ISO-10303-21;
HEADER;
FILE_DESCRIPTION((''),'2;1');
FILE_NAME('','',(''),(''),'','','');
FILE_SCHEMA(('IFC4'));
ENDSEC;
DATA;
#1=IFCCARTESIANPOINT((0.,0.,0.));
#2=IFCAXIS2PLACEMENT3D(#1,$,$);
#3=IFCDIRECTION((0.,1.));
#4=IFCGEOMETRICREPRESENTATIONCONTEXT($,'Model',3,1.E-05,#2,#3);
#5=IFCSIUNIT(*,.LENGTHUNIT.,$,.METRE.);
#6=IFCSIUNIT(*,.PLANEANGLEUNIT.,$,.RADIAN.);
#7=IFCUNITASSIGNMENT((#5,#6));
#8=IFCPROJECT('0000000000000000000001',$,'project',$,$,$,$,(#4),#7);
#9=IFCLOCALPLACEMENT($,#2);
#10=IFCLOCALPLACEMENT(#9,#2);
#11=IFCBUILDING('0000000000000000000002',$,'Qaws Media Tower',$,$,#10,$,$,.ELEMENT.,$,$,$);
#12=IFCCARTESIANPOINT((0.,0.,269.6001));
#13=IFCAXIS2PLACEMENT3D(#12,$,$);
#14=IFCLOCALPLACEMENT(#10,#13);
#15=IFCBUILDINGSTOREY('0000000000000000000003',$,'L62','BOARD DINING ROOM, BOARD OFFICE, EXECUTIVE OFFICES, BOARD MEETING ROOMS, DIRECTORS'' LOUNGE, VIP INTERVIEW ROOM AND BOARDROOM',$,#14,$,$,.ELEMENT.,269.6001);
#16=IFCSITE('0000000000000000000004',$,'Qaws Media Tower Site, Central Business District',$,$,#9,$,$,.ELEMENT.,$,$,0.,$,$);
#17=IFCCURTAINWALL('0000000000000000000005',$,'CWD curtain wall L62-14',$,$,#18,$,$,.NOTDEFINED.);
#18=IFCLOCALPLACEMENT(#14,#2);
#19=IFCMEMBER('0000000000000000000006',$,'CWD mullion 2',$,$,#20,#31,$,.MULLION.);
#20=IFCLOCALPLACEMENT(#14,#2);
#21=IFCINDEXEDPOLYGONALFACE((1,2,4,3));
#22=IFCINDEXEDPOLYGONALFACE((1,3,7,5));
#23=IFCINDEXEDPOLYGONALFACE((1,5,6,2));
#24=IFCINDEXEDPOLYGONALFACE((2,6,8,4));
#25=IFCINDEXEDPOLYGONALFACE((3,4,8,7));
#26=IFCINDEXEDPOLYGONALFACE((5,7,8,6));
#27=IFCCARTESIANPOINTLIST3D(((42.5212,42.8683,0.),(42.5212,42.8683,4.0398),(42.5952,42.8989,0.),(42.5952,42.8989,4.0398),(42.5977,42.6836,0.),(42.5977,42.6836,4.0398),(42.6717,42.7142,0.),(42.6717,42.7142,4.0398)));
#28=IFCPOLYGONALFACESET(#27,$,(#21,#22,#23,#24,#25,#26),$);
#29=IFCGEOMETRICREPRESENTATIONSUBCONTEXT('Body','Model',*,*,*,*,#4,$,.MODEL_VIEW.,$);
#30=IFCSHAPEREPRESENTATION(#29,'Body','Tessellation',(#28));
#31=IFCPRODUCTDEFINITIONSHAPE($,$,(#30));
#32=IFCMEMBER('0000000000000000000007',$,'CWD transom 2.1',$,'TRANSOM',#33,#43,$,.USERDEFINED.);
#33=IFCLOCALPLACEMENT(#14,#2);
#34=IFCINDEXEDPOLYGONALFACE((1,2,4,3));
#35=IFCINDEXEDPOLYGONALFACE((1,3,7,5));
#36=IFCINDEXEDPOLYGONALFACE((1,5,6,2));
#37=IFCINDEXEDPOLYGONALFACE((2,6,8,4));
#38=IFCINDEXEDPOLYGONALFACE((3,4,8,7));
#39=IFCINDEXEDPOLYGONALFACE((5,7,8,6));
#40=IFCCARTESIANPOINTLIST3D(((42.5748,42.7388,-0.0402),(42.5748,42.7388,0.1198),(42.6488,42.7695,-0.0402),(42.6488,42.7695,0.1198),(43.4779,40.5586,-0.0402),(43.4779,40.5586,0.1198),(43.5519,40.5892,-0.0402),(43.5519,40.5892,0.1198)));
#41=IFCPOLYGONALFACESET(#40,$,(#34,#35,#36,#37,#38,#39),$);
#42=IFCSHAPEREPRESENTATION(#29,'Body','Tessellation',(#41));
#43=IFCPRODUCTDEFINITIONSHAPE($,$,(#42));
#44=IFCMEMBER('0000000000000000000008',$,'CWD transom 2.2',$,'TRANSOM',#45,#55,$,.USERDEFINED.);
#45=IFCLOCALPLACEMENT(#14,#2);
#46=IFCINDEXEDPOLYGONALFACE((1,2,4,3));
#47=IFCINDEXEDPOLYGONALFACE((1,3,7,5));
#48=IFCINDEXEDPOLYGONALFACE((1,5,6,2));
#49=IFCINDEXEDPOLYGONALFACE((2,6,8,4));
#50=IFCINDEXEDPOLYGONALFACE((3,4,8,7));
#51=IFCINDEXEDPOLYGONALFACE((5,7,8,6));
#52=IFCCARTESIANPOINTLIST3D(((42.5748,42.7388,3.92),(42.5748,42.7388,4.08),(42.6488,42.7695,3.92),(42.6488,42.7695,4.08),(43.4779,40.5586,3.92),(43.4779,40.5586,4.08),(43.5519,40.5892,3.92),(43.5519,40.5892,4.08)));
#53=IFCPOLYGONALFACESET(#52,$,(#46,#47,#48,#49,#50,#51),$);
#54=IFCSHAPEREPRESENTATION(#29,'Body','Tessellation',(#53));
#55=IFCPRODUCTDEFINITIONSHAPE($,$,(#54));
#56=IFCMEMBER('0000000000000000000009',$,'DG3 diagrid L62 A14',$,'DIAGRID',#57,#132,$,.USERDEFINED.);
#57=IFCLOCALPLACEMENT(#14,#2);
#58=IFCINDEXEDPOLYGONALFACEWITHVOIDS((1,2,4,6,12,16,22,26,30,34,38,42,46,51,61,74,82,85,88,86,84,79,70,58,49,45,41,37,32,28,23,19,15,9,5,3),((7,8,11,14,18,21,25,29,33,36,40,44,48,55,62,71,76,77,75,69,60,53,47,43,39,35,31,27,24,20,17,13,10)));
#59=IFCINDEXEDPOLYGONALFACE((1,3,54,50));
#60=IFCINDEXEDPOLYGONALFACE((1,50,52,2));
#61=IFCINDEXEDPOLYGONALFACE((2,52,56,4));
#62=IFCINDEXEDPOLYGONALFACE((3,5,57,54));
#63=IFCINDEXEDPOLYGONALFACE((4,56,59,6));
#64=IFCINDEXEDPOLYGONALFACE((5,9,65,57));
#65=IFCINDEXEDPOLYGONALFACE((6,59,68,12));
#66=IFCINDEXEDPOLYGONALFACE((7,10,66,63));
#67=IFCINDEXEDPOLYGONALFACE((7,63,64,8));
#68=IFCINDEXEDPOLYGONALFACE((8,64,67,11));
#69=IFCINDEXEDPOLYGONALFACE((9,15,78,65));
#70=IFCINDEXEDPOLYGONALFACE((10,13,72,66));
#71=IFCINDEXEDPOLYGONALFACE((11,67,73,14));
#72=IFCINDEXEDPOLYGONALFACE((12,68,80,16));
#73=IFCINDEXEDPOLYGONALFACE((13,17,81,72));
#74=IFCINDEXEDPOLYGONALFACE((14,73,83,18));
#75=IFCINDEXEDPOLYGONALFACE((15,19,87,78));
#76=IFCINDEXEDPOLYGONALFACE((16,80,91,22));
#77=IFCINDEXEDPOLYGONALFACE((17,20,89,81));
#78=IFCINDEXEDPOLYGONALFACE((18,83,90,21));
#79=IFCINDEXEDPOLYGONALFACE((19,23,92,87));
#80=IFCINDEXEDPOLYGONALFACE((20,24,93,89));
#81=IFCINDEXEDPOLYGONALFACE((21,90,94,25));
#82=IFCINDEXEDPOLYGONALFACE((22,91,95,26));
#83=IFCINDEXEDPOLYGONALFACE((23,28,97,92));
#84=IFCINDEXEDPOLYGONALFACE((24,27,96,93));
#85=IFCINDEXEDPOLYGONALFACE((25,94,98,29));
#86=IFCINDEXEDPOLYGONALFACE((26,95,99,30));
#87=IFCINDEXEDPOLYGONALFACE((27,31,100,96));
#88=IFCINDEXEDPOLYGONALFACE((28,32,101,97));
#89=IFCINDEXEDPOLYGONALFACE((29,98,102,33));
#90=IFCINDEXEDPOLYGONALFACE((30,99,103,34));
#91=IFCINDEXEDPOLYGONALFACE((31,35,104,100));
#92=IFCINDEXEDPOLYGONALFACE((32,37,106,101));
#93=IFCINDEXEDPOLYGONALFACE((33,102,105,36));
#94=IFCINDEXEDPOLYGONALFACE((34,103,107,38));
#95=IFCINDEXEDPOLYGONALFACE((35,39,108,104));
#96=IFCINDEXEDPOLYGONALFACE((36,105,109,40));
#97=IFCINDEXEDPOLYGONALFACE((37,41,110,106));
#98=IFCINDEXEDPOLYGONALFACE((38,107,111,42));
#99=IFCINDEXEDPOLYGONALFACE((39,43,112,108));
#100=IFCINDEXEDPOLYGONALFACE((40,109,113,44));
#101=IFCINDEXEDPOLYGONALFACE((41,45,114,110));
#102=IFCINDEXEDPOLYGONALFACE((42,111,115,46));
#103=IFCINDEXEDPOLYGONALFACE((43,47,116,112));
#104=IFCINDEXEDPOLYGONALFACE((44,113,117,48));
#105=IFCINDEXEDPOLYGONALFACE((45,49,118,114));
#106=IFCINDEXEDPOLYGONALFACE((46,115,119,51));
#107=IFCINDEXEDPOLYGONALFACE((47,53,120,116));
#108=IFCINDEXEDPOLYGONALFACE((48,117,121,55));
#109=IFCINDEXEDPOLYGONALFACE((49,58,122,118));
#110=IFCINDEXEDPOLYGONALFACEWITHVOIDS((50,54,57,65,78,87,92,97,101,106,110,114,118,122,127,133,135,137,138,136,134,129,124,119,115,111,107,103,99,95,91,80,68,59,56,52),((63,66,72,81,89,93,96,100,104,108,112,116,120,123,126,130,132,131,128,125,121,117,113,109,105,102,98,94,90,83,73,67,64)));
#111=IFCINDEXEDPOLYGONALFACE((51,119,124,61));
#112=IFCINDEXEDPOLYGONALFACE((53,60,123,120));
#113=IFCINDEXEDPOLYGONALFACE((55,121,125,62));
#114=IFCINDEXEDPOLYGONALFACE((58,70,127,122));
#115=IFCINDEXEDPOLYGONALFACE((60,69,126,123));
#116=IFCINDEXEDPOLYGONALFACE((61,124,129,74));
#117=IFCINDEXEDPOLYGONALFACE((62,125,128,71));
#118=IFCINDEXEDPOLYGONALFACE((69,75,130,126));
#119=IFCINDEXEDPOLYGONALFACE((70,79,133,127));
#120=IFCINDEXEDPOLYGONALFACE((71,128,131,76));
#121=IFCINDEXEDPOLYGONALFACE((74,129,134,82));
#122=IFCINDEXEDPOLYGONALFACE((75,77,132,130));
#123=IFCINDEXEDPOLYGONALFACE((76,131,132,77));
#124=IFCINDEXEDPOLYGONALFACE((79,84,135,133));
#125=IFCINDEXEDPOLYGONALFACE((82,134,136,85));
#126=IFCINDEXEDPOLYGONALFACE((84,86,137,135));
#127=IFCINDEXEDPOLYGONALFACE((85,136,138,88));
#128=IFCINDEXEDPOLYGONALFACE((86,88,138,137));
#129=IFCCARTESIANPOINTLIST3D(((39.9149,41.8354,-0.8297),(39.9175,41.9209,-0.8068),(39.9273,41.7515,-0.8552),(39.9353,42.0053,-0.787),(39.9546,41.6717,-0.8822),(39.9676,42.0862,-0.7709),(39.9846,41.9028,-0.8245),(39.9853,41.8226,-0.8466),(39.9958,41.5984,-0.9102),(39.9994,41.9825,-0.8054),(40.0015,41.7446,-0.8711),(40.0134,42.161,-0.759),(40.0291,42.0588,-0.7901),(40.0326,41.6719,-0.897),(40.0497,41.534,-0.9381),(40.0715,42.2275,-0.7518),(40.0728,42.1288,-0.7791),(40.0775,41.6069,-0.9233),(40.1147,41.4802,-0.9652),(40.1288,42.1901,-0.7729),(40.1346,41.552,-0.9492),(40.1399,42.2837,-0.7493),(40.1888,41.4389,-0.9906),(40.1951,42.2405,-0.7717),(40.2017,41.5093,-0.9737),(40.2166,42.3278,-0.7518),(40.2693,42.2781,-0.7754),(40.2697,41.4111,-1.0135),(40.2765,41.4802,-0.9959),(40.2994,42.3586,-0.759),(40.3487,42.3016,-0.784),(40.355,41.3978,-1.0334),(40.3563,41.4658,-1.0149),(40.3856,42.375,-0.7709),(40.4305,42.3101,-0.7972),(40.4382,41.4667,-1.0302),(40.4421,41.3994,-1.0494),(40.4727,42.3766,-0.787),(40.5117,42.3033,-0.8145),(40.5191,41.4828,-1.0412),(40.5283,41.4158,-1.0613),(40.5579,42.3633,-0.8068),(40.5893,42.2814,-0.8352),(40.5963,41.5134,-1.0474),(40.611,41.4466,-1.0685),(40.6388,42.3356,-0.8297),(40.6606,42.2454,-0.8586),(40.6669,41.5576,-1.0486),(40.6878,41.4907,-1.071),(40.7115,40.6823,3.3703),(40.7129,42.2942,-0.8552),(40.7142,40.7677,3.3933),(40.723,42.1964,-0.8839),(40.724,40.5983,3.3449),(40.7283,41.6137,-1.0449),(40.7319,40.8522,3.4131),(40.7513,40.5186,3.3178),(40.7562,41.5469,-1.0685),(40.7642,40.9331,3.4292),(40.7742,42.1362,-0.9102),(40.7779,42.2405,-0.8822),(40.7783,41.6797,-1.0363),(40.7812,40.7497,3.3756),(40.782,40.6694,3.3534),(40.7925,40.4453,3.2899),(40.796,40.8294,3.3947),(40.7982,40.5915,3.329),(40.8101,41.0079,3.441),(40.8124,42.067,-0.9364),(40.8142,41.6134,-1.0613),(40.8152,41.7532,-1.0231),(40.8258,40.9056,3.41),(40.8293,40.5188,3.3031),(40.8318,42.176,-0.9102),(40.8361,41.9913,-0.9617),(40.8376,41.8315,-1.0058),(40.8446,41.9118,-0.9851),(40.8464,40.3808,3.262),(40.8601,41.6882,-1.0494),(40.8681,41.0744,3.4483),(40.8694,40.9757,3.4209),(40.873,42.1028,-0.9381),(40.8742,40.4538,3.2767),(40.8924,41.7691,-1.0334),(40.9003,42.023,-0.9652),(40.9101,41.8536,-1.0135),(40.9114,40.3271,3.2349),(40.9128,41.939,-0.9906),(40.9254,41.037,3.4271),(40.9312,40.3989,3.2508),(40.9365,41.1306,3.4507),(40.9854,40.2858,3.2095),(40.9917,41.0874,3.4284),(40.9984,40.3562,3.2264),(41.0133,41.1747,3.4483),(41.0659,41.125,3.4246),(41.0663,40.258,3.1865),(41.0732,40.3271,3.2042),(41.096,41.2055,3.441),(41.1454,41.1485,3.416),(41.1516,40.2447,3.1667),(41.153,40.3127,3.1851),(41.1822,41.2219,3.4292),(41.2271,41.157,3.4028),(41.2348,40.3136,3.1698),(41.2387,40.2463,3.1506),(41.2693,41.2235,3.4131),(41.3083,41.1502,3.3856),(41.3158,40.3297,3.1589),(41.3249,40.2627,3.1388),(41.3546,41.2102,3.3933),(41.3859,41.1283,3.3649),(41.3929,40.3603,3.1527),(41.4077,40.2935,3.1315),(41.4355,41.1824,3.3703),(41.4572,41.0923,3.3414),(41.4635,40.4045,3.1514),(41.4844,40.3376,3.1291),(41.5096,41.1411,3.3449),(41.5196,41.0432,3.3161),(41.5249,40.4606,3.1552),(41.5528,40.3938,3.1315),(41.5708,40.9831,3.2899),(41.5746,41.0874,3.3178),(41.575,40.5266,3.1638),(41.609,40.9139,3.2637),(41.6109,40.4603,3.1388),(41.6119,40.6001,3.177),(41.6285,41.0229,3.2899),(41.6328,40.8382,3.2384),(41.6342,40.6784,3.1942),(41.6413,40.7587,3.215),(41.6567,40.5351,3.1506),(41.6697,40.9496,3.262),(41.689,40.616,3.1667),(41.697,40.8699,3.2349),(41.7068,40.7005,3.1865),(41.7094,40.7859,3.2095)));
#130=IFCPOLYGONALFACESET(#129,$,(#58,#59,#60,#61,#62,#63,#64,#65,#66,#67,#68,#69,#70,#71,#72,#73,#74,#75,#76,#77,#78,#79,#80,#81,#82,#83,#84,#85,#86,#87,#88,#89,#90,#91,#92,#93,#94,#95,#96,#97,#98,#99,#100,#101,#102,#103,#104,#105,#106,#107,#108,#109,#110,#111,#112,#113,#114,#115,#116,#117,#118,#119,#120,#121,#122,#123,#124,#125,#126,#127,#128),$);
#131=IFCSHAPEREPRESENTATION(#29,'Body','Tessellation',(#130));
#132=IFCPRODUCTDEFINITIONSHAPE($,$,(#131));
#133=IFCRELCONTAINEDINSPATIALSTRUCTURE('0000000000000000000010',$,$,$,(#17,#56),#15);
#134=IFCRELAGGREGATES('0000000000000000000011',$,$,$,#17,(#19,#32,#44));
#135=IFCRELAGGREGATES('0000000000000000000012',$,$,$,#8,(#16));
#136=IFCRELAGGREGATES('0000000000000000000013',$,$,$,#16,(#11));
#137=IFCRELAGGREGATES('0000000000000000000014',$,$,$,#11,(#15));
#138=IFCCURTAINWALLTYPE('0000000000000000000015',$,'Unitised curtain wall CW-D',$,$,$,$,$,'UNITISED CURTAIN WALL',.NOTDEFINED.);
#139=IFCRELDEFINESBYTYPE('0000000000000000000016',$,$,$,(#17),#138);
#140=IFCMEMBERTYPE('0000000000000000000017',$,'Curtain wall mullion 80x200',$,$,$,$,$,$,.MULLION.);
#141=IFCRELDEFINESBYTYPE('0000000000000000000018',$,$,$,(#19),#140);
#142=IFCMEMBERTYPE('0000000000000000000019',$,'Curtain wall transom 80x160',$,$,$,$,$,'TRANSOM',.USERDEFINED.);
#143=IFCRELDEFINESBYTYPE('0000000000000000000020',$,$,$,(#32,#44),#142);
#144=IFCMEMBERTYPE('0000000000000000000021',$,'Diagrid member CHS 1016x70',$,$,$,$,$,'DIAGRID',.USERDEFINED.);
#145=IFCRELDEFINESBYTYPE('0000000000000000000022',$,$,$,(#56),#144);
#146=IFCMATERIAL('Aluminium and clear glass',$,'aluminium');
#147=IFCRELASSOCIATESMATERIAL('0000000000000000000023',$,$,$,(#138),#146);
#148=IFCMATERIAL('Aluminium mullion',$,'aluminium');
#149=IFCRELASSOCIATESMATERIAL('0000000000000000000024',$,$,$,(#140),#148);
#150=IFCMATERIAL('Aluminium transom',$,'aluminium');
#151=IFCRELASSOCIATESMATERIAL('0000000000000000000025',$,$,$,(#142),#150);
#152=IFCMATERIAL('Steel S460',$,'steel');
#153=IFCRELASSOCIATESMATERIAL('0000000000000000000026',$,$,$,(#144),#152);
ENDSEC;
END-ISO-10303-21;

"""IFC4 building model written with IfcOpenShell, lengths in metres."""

from ifc_helpers import new_model, si_unit, direction, frame, origin, origin_2d, place, context, subcontext, project, spatial, rectangle, hollow_circle, extrude, material, material_profile, profile_set, type_object, element, aggregate, save


model = new_model("IFC4")

# Units and contexts
model_context = context("Model", 3, precision=1e-05, world=origin(), true_north=direction((0.0, 1.0)))
body_context = subcontext(model_context, "Body", "Model", "MODEL_VIEW")
ifc_project = project(units=[si_unit("LENGTHUNIT", "METRE"), si_unit("PLANEANGLEUNIT", "RADIAN")], contexts=[model_context])

# Site, building, storey
site_placement = place(None, origin())
site = spatial("IfcSite", under=ifc_project, at=site_placement, Name="Qaws Media Tower Site, Central Business District", CompositionType="ELEMENT", RefElevation=0.0)
building_placement = place(site_placement, origin())
building = spatial("IfcBuilding", under=site, at=building_placement, Name="Qaws Media Tower", CompositionType="ELEMENT")
storey_placement = place(building_placement, frame((0.0, 0.0, 269.6001)))
storey = spatial("IfcBuildingStorey", under=building, at=storey_placement, Name="L62", Description="BOARD DINING ROOM, BOARD OFFICE, EXECUTIVE OFFICES, BOARD MEETING ROOMS, DIRECTORS' LOUNGE, VIP INTERVIEW ROOM AND BOARDROOM", CompositionType="ELEMENT", Elevation=269.6001)

# Curtain wall, members
ifc_material_1 = material(Name="Aluminium and clear glass", Category="aluminium")
curtain_wall_type = type_object("IfcCurtainWallType", Name="Unitised curtain wall CW-D", ElementType="UNITISED CURTAIN WALL", PredefinedType="NOTDEFINED", material=ifc_material_1)
curtain_wall_placement = place(storey_placement, origin())
curtain_wall = element("IfcCurtainWall", 1, at=curtain_wall_placement, inside=storey, type_object=curtain_wall_type, Name="CWD curtain wall L62-14", PredefinedType="NOTDEFINED")
ifc_material_2 = material(Name="Aluminium mullion", Category="aluminium")
ifc_material_profile_1 = material_profile(ifc_material_2, rectangle(XDim=0.0801, YDim=0.2, at=origin_2d()), Name="80x200")
ifc_profile_set_1 = profile_set([ifc_material_profile_1], Name="Aluminium mullion")
member_type_1 = type_object("IfcMemberType", Name="Curtain wall mullion 80x200", PredefinedType="MULLION", material=ifc_profile_set_1)
member_1_placement = place(storey_placement, frame((42.5964, 42.7913, 0.0), z_axis=(0.0, 0.0, 1.0), x_axis=(0.92388, 0.382683, 0.0)))
member_1 = element("IfcMember", 2, at=member_1_placement, type_object=member_type_1, Name="CWD mullion 2", PredefinedType="MULLION", context=body_context, shape_type="SweptSolid", body=[
    extrude(rectangle(XDim=0.0801, YDim=0.2, at=origin_2d()), origin(), (0.0, 0.0, 1.0), 4.0398),
])
ifc_material_3 = material(Name="Aluminium transom", Category="aluminium")
ifc_material_profile_2 = material_profile(ifc_material_3, rectangle(XDim=0.0801, YDim=0.1599, at=origin_2d()), Name="80x160")
ifc_profile_set_2 = profile_set([ifc_material_profile_2], Name="Aluminium transom")
member_type_2 = type_object("IfcMemberType", Name="Curtain wall transom 80x160", ElementType="TRANSOM", PredefinedType="USERDEFINED", material=ifc_profile_set_2)
member_2_placement = place(storey_placement, frame((42.6118, 42.7542, 0.0398), z_axis=(0.38269, -0.923877, 0.0), x_axis=(0.923877, 0.38269, 0.0)))
member_2 = element("IfcMember", 3, at=member_2_placement, type_object=member_type_2, Name="CWD transom 2.1", ObjectType="TRANSOM", PredefinedType="USERDEFINED", context=body_context, shape_type="SweptSolid", body=[
    extrude(rectangle(XDim=0.0801, YDim=0.1599, at=origin_2d()), origin(), (0.0, 0.0, 1.0), 2.3599),
])
member_3_placement = place(storey_placement, frame((42.6118, 42.7542, 4.0), z_axis=(0.38269, -0.923877, 0.0), x_axis=(0.923877, 0.38269, 0.0)))
member_3 = element("IfcMember", 4, at=member_3_placement, type_object=member_type_2, Name="CWD transom 2.2", ObjectType="TRANSOM", PredefinedType="USERDEFINED", context=body_context, shape_type="SweptSolid", body=[
    extrude(rectangle(XDim=0.0801, YDim=0.1599, at=origin_2d()), origin(), (0.0, 0.0, 1.0), 2.3599),
])

# Member
ifc_material_4 = material(Name="Steel S460", Category="steel")
ifc_material_profile_3 = material_profile(ifc_material_4, hollow_circle(Radius=0.5081, WallThickness=0.0701, at=origin_2d()), Name="CHS 1016x70")
ifc_profile_set_3 = profile_set([ifc_material_profile_3], Name="Steel S460")
member_type_3 = type_object("IfcMemberType", Name="Diagrid member CHS 1016x70", ElementType="DIAGRID", PredefinedType="USERDEFINED", material=ifc_profile_set_3)
for number, where, z_axis, x_axis, name in (
    (5, (40.4138, 41.8872, -0.9102), (0.179923, -0.260428, 0.94858), (0.822744, 0.568413, 0.0), "DG3 diagrid L62 A14"),
):
    element("IfcMember", number, at=place(storey_placement, frame(where, z_axis=z_axis, x_axis=x_axis)), inside=storey, type_object=member_type_3, Name=name, ObjectType="DIAGRID", PredefinedType="USERDEFINED", context=body_context, shape_type="SweptSolid", body=[
        extrude(hollow_circle(Radius=0.5081, WallThickness=0.0701, at=origin_2d()), origin(), (0.0, 0.0, 1.0), 4.4277),
    ])

aggregate(curtain_wall, [member_1, member_2, member_3])

save(model, "model.ifc")
